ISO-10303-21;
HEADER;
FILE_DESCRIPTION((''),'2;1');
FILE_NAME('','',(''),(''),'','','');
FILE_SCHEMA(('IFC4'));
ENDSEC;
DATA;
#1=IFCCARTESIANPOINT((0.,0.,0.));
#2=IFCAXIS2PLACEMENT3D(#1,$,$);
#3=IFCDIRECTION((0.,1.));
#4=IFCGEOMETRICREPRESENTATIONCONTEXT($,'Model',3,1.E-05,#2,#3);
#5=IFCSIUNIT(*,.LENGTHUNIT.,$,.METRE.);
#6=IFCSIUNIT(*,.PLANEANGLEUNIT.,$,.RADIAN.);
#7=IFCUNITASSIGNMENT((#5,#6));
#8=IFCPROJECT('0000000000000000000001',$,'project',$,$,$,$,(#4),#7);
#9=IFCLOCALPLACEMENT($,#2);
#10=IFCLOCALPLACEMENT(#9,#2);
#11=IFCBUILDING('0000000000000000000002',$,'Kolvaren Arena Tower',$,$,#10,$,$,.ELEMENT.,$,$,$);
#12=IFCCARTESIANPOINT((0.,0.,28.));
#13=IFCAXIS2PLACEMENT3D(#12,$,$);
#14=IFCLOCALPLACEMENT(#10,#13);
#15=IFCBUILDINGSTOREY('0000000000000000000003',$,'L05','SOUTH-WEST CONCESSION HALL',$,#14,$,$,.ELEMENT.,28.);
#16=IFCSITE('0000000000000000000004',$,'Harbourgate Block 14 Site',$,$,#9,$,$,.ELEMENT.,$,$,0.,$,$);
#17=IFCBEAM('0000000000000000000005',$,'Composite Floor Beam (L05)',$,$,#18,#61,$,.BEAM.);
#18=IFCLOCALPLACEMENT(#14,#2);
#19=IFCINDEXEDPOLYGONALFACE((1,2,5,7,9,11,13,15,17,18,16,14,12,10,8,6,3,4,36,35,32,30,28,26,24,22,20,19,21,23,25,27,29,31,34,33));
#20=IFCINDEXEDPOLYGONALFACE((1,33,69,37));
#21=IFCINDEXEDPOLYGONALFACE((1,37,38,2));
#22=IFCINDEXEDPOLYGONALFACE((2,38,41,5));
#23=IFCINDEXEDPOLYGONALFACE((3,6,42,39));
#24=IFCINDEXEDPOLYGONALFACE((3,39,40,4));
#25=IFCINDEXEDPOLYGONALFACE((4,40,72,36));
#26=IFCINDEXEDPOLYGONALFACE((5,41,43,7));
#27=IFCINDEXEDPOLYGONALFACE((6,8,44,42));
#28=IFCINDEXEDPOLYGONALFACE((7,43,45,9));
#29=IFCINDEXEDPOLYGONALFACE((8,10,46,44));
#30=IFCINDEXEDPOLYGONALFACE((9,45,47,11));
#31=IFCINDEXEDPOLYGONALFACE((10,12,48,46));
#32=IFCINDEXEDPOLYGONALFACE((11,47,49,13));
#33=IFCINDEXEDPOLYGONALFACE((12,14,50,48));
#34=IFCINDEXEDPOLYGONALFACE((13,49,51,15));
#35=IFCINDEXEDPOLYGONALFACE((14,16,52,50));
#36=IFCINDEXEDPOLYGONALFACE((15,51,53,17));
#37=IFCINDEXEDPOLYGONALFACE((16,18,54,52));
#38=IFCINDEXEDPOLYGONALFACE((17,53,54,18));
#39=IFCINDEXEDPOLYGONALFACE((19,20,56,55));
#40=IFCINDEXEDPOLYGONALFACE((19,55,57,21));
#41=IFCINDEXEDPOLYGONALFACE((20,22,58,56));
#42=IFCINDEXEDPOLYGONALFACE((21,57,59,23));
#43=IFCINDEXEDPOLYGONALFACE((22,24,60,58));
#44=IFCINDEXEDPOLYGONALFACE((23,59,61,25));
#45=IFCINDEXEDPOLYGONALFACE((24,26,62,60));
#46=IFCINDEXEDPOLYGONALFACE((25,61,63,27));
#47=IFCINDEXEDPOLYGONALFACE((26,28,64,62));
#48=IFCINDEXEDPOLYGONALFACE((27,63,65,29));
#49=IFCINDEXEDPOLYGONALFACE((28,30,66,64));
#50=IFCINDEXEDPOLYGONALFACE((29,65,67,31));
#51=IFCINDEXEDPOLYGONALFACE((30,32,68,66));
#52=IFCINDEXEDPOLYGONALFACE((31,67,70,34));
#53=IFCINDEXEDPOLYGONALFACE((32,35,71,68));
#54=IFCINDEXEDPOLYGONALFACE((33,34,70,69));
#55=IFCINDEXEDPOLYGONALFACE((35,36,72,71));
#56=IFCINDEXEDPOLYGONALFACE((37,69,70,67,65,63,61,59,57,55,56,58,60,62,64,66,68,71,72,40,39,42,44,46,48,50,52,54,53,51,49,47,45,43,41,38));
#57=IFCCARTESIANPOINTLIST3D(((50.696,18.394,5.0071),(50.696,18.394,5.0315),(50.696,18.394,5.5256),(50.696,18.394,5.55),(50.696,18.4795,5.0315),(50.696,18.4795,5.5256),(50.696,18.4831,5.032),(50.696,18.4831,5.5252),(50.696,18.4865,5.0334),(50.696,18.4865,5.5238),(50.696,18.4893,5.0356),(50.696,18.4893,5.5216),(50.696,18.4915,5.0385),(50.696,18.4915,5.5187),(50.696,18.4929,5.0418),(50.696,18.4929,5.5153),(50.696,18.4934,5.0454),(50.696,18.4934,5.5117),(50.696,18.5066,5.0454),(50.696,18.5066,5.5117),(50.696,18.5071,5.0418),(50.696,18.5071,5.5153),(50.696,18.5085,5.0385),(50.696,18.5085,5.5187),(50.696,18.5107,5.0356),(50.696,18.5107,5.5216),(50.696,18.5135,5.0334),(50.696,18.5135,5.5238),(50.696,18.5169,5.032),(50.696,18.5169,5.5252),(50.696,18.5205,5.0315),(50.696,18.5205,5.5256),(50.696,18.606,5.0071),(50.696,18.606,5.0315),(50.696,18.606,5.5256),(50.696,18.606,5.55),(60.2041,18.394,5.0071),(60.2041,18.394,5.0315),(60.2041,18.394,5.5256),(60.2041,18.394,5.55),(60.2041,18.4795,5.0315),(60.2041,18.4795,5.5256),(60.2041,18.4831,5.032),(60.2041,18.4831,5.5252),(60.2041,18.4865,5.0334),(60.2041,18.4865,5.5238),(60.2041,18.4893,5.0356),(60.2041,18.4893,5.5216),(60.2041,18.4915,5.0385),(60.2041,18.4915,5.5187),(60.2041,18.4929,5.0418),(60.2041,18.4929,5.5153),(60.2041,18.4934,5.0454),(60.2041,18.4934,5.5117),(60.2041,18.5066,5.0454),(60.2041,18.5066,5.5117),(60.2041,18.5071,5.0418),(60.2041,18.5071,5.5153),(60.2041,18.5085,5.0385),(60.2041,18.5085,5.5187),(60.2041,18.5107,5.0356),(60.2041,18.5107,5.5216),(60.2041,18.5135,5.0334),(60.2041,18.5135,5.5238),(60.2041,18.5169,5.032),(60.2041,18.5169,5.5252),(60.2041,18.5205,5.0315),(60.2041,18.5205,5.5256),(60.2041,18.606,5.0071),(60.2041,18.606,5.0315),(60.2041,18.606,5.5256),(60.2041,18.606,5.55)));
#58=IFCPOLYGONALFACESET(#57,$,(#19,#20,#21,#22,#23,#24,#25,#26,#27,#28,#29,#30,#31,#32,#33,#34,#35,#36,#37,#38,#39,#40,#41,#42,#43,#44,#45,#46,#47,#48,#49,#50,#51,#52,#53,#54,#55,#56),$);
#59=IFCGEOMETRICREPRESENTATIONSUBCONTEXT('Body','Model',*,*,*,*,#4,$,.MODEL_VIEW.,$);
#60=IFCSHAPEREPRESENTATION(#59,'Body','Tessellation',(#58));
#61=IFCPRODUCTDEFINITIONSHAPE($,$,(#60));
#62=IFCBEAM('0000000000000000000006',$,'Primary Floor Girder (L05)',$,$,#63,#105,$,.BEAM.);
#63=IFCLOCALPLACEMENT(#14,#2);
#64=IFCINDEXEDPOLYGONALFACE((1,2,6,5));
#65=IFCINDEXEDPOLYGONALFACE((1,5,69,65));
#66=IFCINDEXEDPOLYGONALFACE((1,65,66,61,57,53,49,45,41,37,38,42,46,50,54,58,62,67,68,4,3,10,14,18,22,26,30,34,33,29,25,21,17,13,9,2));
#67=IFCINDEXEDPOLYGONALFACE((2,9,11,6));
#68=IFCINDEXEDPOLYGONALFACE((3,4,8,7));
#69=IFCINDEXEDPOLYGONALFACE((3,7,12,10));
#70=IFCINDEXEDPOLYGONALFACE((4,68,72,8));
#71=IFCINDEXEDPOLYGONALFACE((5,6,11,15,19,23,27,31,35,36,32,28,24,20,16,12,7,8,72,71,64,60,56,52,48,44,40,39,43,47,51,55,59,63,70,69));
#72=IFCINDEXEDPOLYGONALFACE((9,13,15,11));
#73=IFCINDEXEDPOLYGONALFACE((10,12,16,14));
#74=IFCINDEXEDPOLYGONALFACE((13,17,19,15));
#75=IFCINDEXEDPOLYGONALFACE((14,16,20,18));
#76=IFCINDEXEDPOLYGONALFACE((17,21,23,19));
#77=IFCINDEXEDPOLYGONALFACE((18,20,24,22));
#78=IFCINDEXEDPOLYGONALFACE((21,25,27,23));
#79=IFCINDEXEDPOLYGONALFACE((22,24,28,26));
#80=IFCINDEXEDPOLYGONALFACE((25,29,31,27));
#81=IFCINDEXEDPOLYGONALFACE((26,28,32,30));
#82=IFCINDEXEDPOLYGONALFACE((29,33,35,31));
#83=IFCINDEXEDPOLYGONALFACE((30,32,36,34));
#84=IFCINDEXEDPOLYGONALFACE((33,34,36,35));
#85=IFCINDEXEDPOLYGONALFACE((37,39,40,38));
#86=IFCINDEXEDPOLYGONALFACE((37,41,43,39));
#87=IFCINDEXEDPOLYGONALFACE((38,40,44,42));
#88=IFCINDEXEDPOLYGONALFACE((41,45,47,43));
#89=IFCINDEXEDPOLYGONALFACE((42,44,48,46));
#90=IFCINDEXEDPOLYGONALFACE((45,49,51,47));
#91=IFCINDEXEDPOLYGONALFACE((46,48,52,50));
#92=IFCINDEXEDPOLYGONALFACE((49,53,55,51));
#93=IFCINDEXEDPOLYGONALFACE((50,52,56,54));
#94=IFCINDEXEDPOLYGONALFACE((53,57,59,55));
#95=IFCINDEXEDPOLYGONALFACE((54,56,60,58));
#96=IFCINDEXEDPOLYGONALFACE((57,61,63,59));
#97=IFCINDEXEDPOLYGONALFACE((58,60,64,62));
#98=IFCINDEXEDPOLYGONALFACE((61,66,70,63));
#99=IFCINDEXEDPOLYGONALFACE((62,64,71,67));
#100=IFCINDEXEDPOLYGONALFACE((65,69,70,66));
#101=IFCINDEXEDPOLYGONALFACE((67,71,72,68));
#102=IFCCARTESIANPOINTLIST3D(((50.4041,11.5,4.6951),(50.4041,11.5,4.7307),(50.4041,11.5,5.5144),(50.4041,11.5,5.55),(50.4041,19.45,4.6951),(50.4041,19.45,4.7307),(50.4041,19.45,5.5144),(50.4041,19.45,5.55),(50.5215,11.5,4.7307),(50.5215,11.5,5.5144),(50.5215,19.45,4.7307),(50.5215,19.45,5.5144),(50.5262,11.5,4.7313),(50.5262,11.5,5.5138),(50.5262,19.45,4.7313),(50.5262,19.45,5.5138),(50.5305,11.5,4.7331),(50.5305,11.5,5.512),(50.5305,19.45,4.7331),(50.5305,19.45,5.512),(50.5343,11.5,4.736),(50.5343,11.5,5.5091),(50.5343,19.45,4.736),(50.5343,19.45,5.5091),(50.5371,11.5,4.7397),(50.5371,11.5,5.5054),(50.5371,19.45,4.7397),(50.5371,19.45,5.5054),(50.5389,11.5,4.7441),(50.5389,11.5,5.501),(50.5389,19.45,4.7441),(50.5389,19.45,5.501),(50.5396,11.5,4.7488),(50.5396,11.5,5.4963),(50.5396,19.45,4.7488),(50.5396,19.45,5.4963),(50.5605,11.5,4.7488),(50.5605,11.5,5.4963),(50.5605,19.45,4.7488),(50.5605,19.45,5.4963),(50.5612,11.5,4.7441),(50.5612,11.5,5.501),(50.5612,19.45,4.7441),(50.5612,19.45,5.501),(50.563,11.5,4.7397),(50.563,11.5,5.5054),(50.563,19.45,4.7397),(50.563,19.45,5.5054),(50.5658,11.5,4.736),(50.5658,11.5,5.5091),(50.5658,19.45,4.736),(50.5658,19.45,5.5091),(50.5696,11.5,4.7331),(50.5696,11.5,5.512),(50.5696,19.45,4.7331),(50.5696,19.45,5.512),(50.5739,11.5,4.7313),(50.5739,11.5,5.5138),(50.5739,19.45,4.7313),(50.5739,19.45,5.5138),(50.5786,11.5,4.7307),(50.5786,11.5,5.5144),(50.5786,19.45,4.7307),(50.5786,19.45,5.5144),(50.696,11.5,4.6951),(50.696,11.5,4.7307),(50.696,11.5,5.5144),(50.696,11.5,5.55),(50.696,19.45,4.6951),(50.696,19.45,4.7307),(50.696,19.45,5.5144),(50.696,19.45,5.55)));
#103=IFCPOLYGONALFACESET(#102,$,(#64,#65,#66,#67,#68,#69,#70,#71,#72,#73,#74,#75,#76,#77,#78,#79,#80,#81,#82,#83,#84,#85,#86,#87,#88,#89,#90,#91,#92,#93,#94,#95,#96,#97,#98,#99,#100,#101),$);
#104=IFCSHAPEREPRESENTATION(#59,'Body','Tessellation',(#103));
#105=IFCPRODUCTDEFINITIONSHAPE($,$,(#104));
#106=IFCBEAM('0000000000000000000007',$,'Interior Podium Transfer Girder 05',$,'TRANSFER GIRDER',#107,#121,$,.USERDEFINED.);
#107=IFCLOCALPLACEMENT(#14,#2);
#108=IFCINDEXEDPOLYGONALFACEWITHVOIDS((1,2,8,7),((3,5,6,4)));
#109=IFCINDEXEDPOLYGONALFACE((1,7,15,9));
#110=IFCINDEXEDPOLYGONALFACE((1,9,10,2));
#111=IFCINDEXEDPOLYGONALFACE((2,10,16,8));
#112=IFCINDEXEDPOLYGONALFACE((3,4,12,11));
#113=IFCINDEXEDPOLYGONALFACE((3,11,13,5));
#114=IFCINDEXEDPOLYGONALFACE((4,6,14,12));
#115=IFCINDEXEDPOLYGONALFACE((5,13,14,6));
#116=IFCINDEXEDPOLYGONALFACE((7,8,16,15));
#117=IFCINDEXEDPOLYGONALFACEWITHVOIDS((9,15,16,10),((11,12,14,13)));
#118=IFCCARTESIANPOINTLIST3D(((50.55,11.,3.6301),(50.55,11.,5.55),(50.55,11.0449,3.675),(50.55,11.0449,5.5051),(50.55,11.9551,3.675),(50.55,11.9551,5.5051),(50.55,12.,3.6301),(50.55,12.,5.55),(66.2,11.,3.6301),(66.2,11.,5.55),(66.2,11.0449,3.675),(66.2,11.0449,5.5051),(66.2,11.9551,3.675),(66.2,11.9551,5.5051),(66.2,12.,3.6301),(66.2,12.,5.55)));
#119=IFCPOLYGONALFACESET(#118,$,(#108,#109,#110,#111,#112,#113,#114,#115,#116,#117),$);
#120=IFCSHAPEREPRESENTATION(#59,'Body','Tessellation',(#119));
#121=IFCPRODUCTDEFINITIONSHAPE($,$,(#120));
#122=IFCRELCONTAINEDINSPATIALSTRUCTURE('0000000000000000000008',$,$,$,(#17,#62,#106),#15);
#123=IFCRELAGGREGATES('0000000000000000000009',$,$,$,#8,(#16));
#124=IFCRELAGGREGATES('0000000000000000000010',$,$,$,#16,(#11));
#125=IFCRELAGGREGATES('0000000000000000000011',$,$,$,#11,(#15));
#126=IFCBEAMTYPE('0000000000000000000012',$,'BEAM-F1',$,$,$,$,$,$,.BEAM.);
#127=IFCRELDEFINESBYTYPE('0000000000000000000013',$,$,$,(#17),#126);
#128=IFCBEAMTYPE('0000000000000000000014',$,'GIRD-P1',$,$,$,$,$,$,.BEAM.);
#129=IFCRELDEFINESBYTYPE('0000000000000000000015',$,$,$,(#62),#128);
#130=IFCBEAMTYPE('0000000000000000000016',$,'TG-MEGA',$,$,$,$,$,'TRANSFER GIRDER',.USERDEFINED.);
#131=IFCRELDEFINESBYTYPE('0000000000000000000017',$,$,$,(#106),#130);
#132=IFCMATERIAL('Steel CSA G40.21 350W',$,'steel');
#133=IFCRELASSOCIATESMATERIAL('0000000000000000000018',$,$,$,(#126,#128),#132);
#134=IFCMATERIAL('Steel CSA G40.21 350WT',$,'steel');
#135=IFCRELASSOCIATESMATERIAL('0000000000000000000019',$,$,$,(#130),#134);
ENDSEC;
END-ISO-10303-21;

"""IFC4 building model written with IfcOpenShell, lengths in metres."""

from ifc_helpers import new_model, si_unit, direction, frame, origin, origin_2d, place, context, subcontext, project, spatial, hollow_rectangle, i_section, extrude, material, material_profile, profile_set, type_object, element, save


model = new_model("IFC4")

# Units and contexts
model_context = context("Model", 3, precision=1e-05, world=origin(), true_north=direction((0.0, 1.0)))
body_context = subcontext(model_context, "Body", "Model", "MODEL_VIEW")
ifc_project = project(units=[si_unit("LENGTHUNIT", "METRE"), si_unit("PLANEANGLEUNIT", "RADIAN")], contexts=[model_context])

# Site, building, storey
site_placement = place(None, origin())
site = spatial("IfcSite", under=ifc_project, at=site_placement, Name="Harbourgate Block 14 Site", CompositionType="ELEMENT", RefElevation=0.0)
building_placement = place(site_placement, origin())
building = spatial("IfcBuilding", under=site, at=building_placement, Name="Kolvaren Arena Tower", CompositionType="ELEMENT")
storey_placement = place(building_placement, frame((0.0, 0.0, 28.0)))
storey = spatial("IfcBuildingStorey", under=building, at=storey_placement, Name="L05", Description="SOUTH-WEST CONCESSION HALL", CompositionType="ELEMENT", Elevation=28.0)

# Beams
ifc_material_1 = material(Name="Steel CSA G40.21 350W", Category="steel")
ifc_material_profile_1 = material_profile(ifc_material_1, i_section(OverallWidth=0.2119, OverallDepth=0.543, WebThickness=0.0132, FlangeThickness=0.0244, FilletRadius=0.0139, at=origin_2d()), Name="W530x150")
ifc_profile_set_1 = profile_set([ifc_material_profile_1], Name="Steel CSA G40.21 350W")
beam_type_1 = type_object("IfcBeamType", Name="BEAM-F1", PredefinedType="BEAM", material=ifc_profile_set_1)
beam_1_placement = place(storey_placement, frame((50.696, 18.5, 5.2786), z_axis=(1.0, 0.0, 0.0), x_axis=(0.0, 1.0, 0.0)))
element("IfcBeam", 1, at=beam_1_placement, inside=storey, type_object=beam_type_1, Name="Composite Floor Beam (L05)", PredefinedType="BEAM", context=body_context, shape_type="SweptSolid", body=[
    extrude(i_section(OverallWidth=0.2119, OverallDepth=0.543, WebThickness=0.0132, FlangeThickness=0.0244, FilletRadius=0.0139, at=origin_2d()), origin(), (0.0, 0.0, 1.0), 9.5081),
])
ifc_material_profile_2 = material_profile(ifc_material_1, i_section(OverallWidth=0.292, OverallDepth=0.855, WebThickness=0.021, FlangeThickness=0.0356, FilletRadius=0.0181, at=origin_2d()), Name="W840x299")
ifc_profile_set_2 = profile_set([ifc_material_profile_2], Name="Steel CSA G40.21 350W")
beam_type_2 = type_object("IfcBeamType", Name="GIRD-P1", PredefinedType="BEAM", material=ifc_profile_set_2)
beam_2_placement = place(storey_placement, frame((50.55, 11.5, 5.1226), z_axis=(0.0, 1.0, 0.0), x_axis=(-1.0, 0.0, 0.0)))
element("IfcBeam", 2, at=beam_2_placement, inside=storey, type_object=beam_type_2, Name="Primary Floor Girder (L05)", PredefinedType="BEAM", context=body_context, shape_type="SweptSolid", body=[
    extrude(i_section(OverallWidth=0.292, OverallDepth=0.855, WebThickness=0.021, FlangeThickness=0.0356, FilletRadius=0.0181, at=origin_2d()), origin(), (0.0, 0.0, 1.0), 7.95),
])
ifc_material_2 = material(Name="Steel CSA G40.21 350WT", Category="steel")
ifc_material_profile_3 = material_profile(ifc_material_2, hollow_rectangle(XDim=1.0, YDim=1.9199, WallThickness=0.0449, at=origin_2d()), Name="BOX 1000x1920x45")
ifc_profile_set_3 = profile_set([ifc_material_profile_3], Name="Steel CSA G40.21 350WT")
beam_type_3 = type_object("IfcBeamType", Name="TG-MEGA", ElementType="TRANSFER GIRDER", PredefinedType="USERDEFINED", material=ifc_profile_set_3)
beam_3_placement = place(storey_placement, frame((50.55, 11.5, 4.5901), z_axis=(1.0, 0.0, 0.0), x_axis=(0.0, 1.0, 0.0)))
element("IfcBeam", 3, at=beam_3_placement, inside=storey, type_object=beam_type_3, Name="Interior Podium Transfer Girder 05", ObjectType="TRANSFER GIRDER", PredefinedType="USERDEFINED", context=body_context, shape_type="SweptSolid", body=[
    extrude(hollow_rectangle(XDim=1.0, YDim=1.9199, WallThickness=0.0449, at=origin_2d()), origin(), (0.0, 0.0, 1.0), 15.6499),
])

save(model, "model.ifc")
